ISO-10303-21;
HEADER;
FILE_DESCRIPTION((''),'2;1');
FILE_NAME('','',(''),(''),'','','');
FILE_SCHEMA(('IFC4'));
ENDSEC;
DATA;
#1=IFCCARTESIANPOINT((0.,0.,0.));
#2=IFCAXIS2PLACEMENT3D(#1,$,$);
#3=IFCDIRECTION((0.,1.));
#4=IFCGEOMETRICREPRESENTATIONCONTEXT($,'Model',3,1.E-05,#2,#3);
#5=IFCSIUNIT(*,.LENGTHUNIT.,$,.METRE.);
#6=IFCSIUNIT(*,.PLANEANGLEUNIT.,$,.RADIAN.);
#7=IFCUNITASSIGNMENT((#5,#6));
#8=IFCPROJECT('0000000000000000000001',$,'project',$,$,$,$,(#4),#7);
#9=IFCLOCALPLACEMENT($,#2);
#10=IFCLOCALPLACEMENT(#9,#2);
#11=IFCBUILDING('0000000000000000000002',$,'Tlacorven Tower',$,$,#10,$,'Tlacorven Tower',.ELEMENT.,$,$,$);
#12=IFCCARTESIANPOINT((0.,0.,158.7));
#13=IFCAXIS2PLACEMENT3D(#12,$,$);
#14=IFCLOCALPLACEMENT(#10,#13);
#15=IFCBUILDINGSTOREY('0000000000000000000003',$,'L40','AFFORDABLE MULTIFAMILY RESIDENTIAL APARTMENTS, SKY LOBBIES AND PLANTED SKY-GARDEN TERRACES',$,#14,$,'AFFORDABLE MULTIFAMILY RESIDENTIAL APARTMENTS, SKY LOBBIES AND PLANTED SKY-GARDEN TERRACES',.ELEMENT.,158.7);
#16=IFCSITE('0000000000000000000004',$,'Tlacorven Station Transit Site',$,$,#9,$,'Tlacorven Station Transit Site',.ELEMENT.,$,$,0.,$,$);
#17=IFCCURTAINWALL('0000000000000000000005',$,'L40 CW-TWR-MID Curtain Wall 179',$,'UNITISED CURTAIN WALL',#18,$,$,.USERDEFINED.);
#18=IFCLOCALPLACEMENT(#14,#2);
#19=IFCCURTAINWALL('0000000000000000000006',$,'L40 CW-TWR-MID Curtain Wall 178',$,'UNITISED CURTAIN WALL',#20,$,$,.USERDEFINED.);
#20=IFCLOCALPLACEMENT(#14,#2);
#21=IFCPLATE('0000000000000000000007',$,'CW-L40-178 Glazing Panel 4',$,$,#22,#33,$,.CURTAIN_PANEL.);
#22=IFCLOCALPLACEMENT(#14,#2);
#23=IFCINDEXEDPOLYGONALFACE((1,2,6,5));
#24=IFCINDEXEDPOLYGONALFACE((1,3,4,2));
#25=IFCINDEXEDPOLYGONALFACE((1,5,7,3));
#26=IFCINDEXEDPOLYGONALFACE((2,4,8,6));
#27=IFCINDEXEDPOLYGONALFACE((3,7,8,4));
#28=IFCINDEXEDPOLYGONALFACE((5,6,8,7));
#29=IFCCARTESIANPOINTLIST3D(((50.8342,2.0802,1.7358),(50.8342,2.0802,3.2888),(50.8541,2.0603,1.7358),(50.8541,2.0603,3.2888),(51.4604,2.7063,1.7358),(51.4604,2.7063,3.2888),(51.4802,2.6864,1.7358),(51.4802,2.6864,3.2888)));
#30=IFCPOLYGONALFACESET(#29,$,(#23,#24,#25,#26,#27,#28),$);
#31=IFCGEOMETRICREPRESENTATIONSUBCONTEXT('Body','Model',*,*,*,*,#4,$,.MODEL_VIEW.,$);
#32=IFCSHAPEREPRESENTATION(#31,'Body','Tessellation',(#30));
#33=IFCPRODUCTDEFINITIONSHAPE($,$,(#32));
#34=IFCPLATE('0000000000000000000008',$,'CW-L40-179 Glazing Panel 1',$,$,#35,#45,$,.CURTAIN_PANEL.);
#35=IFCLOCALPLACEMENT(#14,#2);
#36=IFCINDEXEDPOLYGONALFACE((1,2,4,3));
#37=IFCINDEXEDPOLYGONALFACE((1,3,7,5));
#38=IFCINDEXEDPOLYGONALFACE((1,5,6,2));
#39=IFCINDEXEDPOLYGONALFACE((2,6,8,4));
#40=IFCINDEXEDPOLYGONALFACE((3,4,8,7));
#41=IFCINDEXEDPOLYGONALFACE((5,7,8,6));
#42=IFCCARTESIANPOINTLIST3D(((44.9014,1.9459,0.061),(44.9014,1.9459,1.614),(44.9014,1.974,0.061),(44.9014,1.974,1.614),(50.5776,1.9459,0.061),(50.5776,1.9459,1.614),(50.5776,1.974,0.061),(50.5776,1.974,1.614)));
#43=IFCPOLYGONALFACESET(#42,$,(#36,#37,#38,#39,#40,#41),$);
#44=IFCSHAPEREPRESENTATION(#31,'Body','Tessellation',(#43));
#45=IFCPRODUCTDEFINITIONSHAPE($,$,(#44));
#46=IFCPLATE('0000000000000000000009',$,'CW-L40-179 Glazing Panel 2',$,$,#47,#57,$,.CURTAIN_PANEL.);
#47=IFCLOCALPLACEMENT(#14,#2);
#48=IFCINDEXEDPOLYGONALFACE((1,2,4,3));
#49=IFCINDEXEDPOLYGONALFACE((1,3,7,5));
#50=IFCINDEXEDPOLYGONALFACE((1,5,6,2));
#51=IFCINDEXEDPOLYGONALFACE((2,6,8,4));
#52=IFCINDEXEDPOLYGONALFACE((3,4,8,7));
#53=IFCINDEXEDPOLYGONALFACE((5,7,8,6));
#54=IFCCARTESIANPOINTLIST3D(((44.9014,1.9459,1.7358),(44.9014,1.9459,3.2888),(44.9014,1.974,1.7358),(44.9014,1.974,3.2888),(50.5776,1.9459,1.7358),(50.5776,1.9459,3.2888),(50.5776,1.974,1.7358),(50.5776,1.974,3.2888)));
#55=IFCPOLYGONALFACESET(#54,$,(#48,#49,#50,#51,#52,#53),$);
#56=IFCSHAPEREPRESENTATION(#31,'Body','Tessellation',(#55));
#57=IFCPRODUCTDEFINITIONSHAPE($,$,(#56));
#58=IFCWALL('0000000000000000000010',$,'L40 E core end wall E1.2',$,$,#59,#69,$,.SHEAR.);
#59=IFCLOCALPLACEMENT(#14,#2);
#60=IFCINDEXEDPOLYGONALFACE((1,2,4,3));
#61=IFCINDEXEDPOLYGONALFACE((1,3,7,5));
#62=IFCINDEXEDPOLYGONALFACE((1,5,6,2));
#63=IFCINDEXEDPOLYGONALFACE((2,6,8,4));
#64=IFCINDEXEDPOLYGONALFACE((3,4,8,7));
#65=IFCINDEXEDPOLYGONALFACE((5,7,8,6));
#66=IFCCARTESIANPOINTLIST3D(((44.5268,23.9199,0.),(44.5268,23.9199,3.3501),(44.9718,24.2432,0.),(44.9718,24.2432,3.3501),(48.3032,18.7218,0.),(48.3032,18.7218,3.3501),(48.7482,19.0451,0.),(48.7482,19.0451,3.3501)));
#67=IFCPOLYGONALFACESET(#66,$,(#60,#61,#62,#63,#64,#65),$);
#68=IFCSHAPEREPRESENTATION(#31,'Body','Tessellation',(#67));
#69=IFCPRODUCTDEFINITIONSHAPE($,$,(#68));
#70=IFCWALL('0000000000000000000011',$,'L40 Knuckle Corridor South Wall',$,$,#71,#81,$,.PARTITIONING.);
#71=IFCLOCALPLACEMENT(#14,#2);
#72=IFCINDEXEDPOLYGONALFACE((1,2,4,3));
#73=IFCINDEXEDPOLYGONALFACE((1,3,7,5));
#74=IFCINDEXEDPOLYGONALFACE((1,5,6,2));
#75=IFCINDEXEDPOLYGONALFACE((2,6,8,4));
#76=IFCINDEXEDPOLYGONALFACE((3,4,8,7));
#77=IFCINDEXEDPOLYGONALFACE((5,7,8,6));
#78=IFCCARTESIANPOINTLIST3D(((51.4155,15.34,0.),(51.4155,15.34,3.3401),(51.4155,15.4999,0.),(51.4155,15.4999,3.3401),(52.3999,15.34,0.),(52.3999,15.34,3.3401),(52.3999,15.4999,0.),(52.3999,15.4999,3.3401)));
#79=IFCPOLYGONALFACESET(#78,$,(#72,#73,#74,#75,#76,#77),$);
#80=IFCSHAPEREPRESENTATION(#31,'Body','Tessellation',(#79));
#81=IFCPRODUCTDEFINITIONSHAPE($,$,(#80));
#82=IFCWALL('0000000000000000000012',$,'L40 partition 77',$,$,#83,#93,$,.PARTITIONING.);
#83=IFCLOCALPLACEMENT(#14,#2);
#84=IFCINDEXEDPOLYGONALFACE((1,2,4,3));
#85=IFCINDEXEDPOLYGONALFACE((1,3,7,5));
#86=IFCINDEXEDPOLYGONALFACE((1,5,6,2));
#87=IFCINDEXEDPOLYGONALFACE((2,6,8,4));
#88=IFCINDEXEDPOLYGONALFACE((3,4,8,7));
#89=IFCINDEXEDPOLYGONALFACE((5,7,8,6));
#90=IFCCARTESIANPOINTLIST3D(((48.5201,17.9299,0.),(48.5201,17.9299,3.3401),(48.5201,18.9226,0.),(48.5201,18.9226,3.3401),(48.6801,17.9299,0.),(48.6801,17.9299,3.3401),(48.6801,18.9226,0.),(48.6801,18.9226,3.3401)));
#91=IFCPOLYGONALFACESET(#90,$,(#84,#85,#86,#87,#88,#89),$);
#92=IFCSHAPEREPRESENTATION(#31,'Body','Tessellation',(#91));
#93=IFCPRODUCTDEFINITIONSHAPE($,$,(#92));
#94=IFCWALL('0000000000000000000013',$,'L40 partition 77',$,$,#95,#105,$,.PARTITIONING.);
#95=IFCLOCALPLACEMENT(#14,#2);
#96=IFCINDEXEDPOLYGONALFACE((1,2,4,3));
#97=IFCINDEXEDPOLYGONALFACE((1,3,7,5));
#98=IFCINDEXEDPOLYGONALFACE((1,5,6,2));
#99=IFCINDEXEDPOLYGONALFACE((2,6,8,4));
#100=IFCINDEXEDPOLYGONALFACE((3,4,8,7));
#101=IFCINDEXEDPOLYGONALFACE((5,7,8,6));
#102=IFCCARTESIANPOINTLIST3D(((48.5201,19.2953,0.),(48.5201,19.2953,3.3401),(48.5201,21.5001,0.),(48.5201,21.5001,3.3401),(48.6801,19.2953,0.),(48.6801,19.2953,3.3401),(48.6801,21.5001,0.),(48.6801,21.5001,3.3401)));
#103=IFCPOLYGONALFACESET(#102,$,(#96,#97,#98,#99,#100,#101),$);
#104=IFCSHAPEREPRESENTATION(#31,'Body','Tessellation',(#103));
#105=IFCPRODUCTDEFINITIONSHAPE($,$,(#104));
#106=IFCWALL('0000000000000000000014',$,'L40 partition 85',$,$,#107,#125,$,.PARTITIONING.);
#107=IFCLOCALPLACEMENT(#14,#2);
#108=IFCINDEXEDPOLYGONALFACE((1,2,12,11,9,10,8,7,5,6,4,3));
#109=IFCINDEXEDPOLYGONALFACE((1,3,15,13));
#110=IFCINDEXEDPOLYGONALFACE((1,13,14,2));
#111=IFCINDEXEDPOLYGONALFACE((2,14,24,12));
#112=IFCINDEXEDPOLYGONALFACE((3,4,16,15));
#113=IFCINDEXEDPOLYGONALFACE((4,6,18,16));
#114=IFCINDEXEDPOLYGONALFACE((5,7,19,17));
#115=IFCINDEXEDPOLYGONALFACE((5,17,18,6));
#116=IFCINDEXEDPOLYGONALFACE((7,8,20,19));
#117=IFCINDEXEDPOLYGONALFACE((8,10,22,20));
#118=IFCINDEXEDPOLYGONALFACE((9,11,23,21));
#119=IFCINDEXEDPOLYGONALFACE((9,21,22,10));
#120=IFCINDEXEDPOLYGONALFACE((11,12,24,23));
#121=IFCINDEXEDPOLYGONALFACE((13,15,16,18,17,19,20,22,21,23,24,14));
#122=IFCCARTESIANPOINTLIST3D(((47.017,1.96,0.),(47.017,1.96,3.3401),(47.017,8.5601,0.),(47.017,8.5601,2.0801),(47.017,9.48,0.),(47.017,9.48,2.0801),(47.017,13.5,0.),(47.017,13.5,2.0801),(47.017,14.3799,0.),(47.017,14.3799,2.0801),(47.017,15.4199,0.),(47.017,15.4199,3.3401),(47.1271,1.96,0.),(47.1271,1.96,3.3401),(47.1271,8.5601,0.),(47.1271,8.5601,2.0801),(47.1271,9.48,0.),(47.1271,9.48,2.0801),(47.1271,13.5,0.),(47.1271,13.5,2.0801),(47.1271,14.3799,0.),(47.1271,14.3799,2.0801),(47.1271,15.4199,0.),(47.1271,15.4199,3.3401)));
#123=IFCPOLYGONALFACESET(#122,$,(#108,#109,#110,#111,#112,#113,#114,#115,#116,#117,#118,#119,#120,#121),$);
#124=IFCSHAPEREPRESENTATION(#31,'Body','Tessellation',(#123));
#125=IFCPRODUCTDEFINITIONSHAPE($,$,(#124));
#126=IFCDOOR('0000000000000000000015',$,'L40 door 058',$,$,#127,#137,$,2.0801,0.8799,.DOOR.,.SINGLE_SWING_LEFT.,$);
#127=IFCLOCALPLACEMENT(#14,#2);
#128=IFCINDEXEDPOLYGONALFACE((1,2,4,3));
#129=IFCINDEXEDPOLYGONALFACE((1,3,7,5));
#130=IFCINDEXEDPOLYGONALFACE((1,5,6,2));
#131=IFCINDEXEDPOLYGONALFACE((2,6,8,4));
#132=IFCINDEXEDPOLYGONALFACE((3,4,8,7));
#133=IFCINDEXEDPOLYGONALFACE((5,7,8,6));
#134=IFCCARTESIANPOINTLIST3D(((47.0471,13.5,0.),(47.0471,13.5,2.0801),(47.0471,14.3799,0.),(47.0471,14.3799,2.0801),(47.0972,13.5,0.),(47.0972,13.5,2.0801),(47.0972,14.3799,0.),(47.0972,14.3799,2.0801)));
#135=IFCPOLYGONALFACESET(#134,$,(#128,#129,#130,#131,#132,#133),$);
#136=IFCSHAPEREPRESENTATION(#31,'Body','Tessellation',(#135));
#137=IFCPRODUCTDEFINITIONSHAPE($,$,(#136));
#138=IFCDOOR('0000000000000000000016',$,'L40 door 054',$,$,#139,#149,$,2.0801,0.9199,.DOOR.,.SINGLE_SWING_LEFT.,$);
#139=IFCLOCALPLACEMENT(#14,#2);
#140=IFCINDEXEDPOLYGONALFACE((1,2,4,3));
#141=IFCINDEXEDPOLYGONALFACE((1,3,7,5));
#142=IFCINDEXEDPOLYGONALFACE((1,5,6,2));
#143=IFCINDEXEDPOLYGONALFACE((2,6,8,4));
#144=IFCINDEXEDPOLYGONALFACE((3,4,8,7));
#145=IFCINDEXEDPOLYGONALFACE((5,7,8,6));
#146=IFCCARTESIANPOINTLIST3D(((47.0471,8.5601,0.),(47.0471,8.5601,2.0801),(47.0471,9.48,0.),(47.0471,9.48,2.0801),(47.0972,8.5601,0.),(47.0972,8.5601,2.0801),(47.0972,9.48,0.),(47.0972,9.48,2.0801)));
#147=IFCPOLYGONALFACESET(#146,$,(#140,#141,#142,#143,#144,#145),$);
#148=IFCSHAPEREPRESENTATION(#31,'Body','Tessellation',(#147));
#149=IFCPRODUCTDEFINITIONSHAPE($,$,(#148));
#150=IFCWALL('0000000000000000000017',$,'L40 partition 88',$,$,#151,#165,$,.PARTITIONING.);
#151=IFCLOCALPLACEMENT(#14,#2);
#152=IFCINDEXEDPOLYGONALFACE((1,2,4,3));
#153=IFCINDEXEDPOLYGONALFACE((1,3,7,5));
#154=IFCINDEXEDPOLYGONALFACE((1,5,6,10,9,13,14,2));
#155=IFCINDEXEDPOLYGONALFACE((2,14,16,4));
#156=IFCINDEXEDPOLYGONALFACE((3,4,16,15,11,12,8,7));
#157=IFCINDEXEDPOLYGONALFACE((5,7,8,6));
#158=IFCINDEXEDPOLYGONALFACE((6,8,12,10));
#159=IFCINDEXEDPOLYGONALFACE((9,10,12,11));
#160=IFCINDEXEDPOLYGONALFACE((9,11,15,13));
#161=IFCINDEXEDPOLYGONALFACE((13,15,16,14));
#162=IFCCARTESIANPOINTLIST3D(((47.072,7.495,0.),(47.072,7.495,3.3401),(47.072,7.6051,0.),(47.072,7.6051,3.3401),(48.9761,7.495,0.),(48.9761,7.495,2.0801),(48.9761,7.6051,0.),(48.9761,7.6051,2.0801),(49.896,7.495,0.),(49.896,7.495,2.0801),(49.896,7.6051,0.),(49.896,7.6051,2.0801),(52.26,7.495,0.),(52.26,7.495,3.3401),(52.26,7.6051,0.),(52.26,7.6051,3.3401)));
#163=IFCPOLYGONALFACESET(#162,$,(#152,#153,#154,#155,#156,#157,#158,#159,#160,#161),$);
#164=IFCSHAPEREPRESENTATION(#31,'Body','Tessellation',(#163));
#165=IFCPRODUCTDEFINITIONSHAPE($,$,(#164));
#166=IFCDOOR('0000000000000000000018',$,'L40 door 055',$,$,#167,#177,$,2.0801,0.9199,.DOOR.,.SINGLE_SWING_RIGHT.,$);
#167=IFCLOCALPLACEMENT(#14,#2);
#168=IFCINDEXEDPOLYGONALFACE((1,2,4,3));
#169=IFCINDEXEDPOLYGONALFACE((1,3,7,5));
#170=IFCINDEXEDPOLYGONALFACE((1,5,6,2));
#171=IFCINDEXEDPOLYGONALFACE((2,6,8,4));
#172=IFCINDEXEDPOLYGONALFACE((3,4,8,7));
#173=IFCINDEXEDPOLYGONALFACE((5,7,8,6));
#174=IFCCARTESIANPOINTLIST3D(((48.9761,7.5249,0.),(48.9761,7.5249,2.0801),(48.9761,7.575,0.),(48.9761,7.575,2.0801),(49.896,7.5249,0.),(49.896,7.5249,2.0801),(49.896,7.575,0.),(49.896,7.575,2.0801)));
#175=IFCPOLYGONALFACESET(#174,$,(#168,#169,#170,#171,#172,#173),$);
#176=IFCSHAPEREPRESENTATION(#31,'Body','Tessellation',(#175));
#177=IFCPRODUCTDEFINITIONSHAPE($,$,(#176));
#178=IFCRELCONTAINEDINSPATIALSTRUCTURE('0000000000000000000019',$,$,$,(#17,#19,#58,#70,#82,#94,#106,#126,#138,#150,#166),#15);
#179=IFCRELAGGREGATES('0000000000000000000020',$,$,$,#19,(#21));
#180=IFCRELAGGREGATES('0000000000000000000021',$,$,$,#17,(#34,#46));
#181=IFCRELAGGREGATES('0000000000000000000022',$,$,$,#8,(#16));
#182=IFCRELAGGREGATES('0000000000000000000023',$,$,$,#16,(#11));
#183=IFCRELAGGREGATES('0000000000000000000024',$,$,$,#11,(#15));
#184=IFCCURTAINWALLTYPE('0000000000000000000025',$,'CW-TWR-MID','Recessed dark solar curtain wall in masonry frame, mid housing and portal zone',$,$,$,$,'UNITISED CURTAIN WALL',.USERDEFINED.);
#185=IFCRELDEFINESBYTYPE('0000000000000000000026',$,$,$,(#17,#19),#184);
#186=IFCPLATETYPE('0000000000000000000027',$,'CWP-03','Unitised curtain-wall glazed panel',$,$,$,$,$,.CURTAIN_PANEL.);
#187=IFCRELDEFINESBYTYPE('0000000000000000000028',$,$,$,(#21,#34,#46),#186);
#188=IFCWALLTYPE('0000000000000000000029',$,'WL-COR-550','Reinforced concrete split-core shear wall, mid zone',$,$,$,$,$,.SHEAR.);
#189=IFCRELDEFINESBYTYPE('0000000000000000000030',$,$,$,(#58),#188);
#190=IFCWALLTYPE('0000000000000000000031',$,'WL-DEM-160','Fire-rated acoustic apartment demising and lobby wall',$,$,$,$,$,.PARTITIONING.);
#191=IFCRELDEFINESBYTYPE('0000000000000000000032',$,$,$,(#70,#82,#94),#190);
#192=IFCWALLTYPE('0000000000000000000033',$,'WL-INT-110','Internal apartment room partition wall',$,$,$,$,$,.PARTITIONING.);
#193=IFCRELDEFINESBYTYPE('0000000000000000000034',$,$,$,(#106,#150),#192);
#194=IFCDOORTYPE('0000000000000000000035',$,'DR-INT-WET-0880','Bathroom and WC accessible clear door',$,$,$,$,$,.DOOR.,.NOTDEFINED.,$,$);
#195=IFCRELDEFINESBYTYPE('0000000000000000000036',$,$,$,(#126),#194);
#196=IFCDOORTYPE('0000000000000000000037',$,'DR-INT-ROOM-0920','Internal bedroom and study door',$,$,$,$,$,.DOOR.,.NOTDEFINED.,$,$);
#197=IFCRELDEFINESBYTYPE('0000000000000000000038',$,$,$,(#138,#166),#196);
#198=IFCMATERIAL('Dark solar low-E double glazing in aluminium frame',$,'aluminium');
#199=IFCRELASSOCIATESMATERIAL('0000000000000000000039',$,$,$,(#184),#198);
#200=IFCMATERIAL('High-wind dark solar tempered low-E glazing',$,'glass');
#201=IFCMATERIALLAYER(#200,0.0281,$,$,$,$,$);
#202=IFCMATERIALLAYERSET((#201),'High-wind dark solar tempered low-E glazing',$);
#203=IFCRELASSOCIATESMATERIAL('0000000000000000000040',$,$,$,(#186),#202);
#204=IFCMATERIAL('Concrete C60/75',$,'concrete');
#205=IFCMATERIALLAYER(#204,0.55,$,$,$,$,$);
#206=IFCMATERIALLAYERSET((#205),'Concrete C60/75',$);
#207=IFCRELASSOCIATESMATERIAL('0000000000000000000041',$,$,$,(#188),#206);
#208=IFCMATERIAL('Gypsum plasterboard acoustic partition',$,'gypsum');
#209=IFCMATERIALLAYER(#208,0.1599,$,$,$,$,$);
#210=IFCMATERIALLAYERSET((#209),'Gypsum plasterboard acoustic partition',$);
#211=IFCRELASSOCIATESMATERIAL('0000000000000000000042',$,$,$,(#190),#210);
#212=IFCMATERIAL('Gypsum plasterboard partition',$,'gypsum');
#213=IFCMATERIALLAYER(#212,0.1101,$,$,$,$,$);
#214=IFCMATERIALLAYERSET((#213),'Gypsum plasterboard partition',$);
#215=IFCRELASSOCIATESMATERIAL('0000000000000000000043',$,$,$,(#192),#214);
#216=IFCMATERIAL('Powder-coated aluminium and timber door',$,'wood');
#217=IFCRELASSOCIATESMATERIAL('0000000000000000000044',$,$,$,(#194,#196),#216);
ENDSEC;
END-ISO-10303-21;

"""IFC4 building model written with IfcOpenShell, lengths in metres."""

from ifc_helpers import new_model, si_unit, direction, frame, frame_2d, origin, origin_2d, place, context, subcontext, project, spatial, rectangle, extrude, source, transform, mapped, material, layer, layer_set, type_object, element, fill, aggregate, save


model = new_model("IFC4")

# Units and contexts
model_context = context("Model", 3, precision=1e-05, world=origin(), true_north=direction((0.0, 1.0)))
body_context = subcontext(model_context, "Body", "Model", "MODEL_VIEW")
ifc_project = project(units=[si_unit("LENGTHUNIT", "METRE"), si_unit("PLANEANGLEUNIT", "RADIAN")], contexts=[model_context])

# Site, building, storey
site_placement = place(None, origin())
site = spatial("IfcSite", under=ifc_project, at=site_placement, Name="Tlacorven Station Transit Site", LongName="Tlacorven Station Transit Site", CompositionType="ELEMENT", RefElevation=0.0)
building_placement = place(site_placement, origin())
building = spatial("IfcBuilding", under=site, at=building_placement, Name="Tlacorven Tower", LongName="Tlacorven Tower", CompositionType="ELEMENT")
storey_placement = place(building_placement, frame((0.0, 0.0, 158.7)))
storey = spatial("IfcBuildingStorey", under=building, at=storey_placement, Name="L40", Description="AFFORDABLE MULTIFAMILY RESIDENTIAL APARTMENTS, SKY LOBBIES AND PLANTED SKY-GARDEN TERRACES", LongName="AFFORDABLE MULTIFAMILY RESIDENTIAL APARTMENTS, SKY LOBBIES AND PLANTED SKY-GARDEN TERRACES", CompositionType="ELEMENT", Elevation=158.7)

# Shared definitions
ifc_material_1 = material(Name="Concrete C60/75", Category="concrete")

# Curtain wall
ifc_material_2 = material(Name="Dark solar low-E double glazing in aluminium frame", Category="aluminium")
curtain_wall_type = type_object("IfcCurtainWallType", Name="CW-TWR-MID", Description="Recessed dark solar curtain wall in masonry frame, mid housing and portal zone", ElementType="UNITISED CURTAIN WALL", PredefinedType="USERDEFINED", material=ifc_material_2)
curtain_wall_1_placement = place(storey_placement, origin())
curtain_wall_1 = element("IfcCurtainWall", 1, at=curtain_wall_1_placement, inside=storey, type_object=curtain_wall_type, Name="L40 CW-TWR-MID Curtain Wall 179", ObjectType="UNITISED CURTAIN WALL", PredefinedType="USERDEFINED")

# Curtain wall
curtain_wall_2_placement = place(storey_placement, origin())
curtain_wall_2 = element("IfcCurtainWall", 2, at=curtain_wall_2_placement, inside=storey, type_object=curtain_wall_type, Name="L40 CW-TWR-MID Curtain Wall 178", ObjectType="UNITISED CURTAIN WALL", PredefinedType="USERDEFINED")

# Plates
ifc_material_3 = material(Name="High-wind dark solar tempered low-E glazing", Category="glass")
ifc_layer_1 = layer(ifc_material_3, 0.0281)
ifc_layer_set_1 = layer_set([ifc_layer_1], Name="High-wind dark solar tempered low-E glazing")
plate_type = type_object("IfcPlateType", Name="CWP-03", Description="Unitised curtain-wall glazed panel", PredefinedType="CURTAIN_PANEL", material=ifc_layer_set_1)
shared_shape_1 = source(origin(), body_context, "Body", "SweptSolid", [
    extrude(rectangle(XDim=0.8855, YDim=0.0281, at=origin_2d()), origin(), (0.0, 0.0, 1.0), 1.553),
])
plate_1_placement = place(storey_placement, frame((51.1572, 2.3833, 1.7358), z_axis=(0.0, 0.0, 1.0), x_axis=(-0.707107, -0.707107, 0.0)))
plate_1 = element("IfcPlate", 3, at=plate_1_placement, type_object=plate_type, Name="CW-L40-178 Glazing Panel 4", PredefinedType="CURTAIN_PANEL", context=body_context, shape_type="MappedRepresentation", body=[
    mapped(shared_shape_1, transform((0.0, 0.0, 0.0), scale=1.0)),
])
aggregate(curtain_wall_2, [plate_1])
shared_shape_2 = source(origin(), body_context, "Body", "SweptSolid", [
    extrude(rectangle(XDim=5.6763, YDim=0.0281, at=origin_2d()), origin(), (0.0, 0.0, 1.0), 1.553),
])
plate_2_placement = place(storey_placement, frame((47.7395, 1.96, 0.061), z_axis=(0.0, 0.0, 1.0), x_axis=(-1.0, 0.0, 0.0)))
plate_2 = element("IfcPlate", 4, at=plate_2_placement, type_object=plate_type, Name="CW-L40-179 Glazing Panel 1", PredefinedType="CURTAIN_PANEL", context=body_context, shape_type="MappedRepresentation", body=[
    mapped(shared_shape_2, transform((0.0, 0.0, 0.0), scale=1.0)),
])
plate_3_placement = place(storey_placement, frame((47.7395, 1.96, 1.7358), z_axis=(0.0, 0.0, 1.0), x_axis=(-1.0, 0.0, 0.0)))
plate_3 = element("IfcPlate", 5, at=plate_3_placement, type_object=plate_type, Name="CW-L40-179 Glazing Panel 2", PredefinedType="CURTAIN_PANEL", context=body_context, shape_type="MappedRepresentation", body=[
    mapped(shared_shape_2, transform((0.0, 0.0, 0.0), scale=1.0)),
])
aggregate(curtain_wall_1, [plate_2, plate_3])

# Walls
ifc_layer_2 = layer(ifc_material_1, 0.55)
ifc_layer_set_2 = layer_set([ifc_layer_2], Name="Concrete C60/75")
wall_type_1 = type_object("IfcWallType", Name="WL-COR-550", Description="Reinforced concrete split-core shear wall, mid zone", PredefinedType="SHEAR", material=ifc_layer_set_2)
wall_1_placement = place(storey_placement, frame((48.5256, 18.8835, 0.0), z_axis=(0.0, 0.0, 1.0), x_axis=(-0.587765, 0.809032, 0.0)))
element("IfcWall", 6, at=wall_1_placement, inside=storey, type_object=wall_type_1, Name="L40 E core end wall E1.2", PredefinedType="SHEAR", context=body_context, shape_type="SweptSolid", body=[
    extrude(rectangle(XDim=6.425, YDim=0.55, at=frame_2d((3.2124, 0.0))), origin(), (0.0, 0.0, 1.0), 3.3501),
])
ifc_material_4 = material(Name="Gypsum plasterboard acoustic partition", Category="gypsum")
ifc_layer_3 = layer(ifc_material_4, 0.1599)
ifc_layer_set_3 = layer_set([ifc_layer_3], Name="Gypsum plasterboard acoustic partition")
wall_type_2 = type_object("IfcWallType", Name="WL-DEM-160", Description="Fire-rated acoustic apartment demising and lobby wall", PredefinedType="PARTITIONING", material=ifc_layer_set_3)
wall_2_placement = place(storey_placement, frame((51.4155, 15.4199, 0.0), z_axis=(0.0, 0.0, 1.0), x_axis=(1.0, 0.0, 0.0)))
element("IfcWall", 7, at=wall_2_placement, inside=storey, type_object=wall_type_2, Name="L40 Knuckle Corridor South Wall", PredefinedType="PARTITIONING", context=body_context, shape_type="SweptSolid", body=[
    extrude(rectangle(XDim=0.9844, YDim=0.1599, at=frame_2d((0.4922, 0.0))), origin(), (0.0, 0.0, 1.0), 3.3401),
])
wall_3_placement = place(storey_placement, frame((48.6001, 17.9299, 0.0), z_axis=(0.0, 0.0, 1.0), x_axis=(0.0, 1.0, 0.0)))
element("IfcWall", 8, at=wall_3_placement, inside=storey, type_object=wall_type_2, Name="L40 partition 77", PredefinedType="PARTITIONING", context=body_context, shape_type="SweptSolid", body=[
    extrude(rectangle(XDim=0.9927, YDim=0.1599, at=frame_2d((0.4963, 0.0))), origin(), (0.0, 0.0, 1.0), 3.3401),
])
wall_4_placement = place(storey_placement, frame((48.6001, 19.2952, 0.0), z_axis=(0.0, 0.0, 1.0), x_axis=(0.0, 1.0, 0.0)))
element("IfcWall", 9, at=wall_4_placement, inside=storey, type_object=wall_type_2, Name="L40 partition 77", PredefinedType="PARTITIONING", context=body_context, shape_type="SweptSolid", body=[
    extrude(rectangle(XDim=2.2048, YDim=0.1599, at=frame_2d((1.1025, 0.0))), origin(), (0.0, 0.0, 1.0), 3.3401),
])

# Wall, openings, doors
ifc_material_5 = material(Name="Gypsum plasterboard partition", Category="gypsum")
ifc_layer_4 = layer(ifc_material_5, 0.1101)
ifc_layer_set_4 = layer_set([ifc_layer_4], Name="Gypsum plasterboard partition")
wall_type_3 = type_object("IfcWallType", Name="WL-INT-110", Description="Internal apartment room partition wall", PredefinedType="PARTITIONING", material=ifc_layer_set_4)
wall_5_placement = place(storey_placement, frame((47.072, 1.96, 0.0), z_axis=(0.0, 0.0, 1.0), x_axis=(0.0, 1.0, 0.0)))
wall_5 = element("IfcWall", 10, at=wall_5_placement, inside=storey, type_object=wall_type_3, Name="L40 partition 85", PredefinedType="PARTITIONING", context=body_context, shape_type="SweptSolid", body=[
    extrude(rectangle(XDim=13.46, YDim=0.1101, at=frame_2d((6.73, 0.0))), origin(), (0.0, 0.0, 1.0), 3.3401),
])
opening_1_placement = place(wall_5_placement, frame((6.6001, 0.0, 0.0)))
opening_1 = element("IfcOpeningElement", 11, at=opening_1_placement, cuts=wall_5, PredefinedType="OPENING", context=body_context, shape_type="SweptSolid", body=[
    extrude(rectangle(XDim=0.9199, YDim=2.0801, at=frame_2d((0.46, 1.04))), frame((0.0, 0.0649, 0.0), z_axis=(0.0, -1.0, 0.0), x_axis=(1.0, 0.0, 0.0)), (0.0, 0.0, 1.0), 0.1301),
])
opening_2_placement = place(wall_5_placement, frame((11.54, 0.0, 0.0)))
opening_2 = element("IfcOpeningElement", 12, at=opening_2_placement, cuts=wall_5, PredefinedType="OPENING", context=body_context, shape_type="SweptSolid", body=[
    extrude(rectangle(XDim=0.8799, YDim=2.0801, at=frame_2d((0.4399, 1.04))), frame((0.0, 0.0649, 0.0), z_axis=(0.0, -1.0, 0.0), x_axis=(1.0, 0.0, 0.0)), (0.0, 0.0, 1.0), 0.1301),
])
ifc_material_6 = material(Name="Powder-coated aluminium and timber door", Category="wood")
door_type_1 = type_object("IfcDoorType", Name="DR-INT-WET-0880", Description="Bathroom and WC accessible clear door", OperationType="NOTDEFINED", PredefinedType="DOOR", material=ifc_material_6)
shared_shape_3 = source(origin(), body_context, "Body", "SweptSolid", [
    extrude(rectangle(XDim=0.8799, YDim=2.0801, at=frame_2d((0.4399, 1.04))), frame((0.0, 0.0249, 0.0), z_axis=(0.0, -1.0, 0.0), x_axis=(1.0, 0.0, 0.0)), (0.0, 0.0, 1.0), 0.05),
])
door_1_placement = place(opening_2_placement, origin())
door_1 = element("IfcDoor", 13, at=door_1_placement, inside=storey, type_object=door_type_1, Name="L40 door 058", OperationType="SINGLE_SWING_LEFT", OverallHeight=2.0801, OverallWidth=0.8799, PredefinedType="DOOR", context=body_context, shape_type="MappedRepresentation", body=[
    mapped(shared_shape_3, transform((0.0, 0.0, 0.0), scale=1.0)),
])
fill(opening_2, door_1)
door_type_2 = type_object("IfcDoorType", Name="DR-INT-ROOM-0920", Description="Internal bedroom and study door", OperationType="NOTDEFINED", PredefinedType="DOOR", material=ifc_material_6)
shared_shape_4 = source(origin(), body_context, "Body", "SweptSolid", [
    extrude(rectangle(XDim=0.9199, YDim=2.0801, at=frame_2d((0.46, 1.04))), frame((0.0, 0.0249, 0.0), z_axis=(0.0, -1.0, 0.0), x_axis=(1.0, 0.0, 0.0)), (0.0, 0.0, 1.0), 0.05),
])
door_2_placement = place(opening_1_placement, origin())
door_2 = element("IfcDoor", 14, at=door_2_placement, inside=storey, type_object=door_type_2, Name="L40 door 054", OperationType="SINGLE_SWING_LEFT", OverallHeight=2.0801, OverallWidth=0.9199, PredefinedType="DOOR", context=body_context, shape_type="MappedRepresentation", body=[
    mapped(shared_shape_4, transform((0.0, 0.0, 0.0), scale=1.0)),
])
fill(opening_1, door_2)

# Wall, opening, door
wall_6_placement = place(storey_placement, frame((47.072, 7.55, 0.0), z_axis=(0.0, 0.0, 1.0), x_axis=(1.0, 0.0, 0.0)))
wall_6 = element("IfcWall", 15, at=wall_6_placement, inside=storey, type_object=wall_type_3, Name="L40 partition 88", PredefinedType="PARTITIONING", context=body_context, shape_type="SweptSolid", body=[
    extrude(rectangle(XDim=5.188, YDim=0.1101, at=frame_2d((2.594, 0.0))), origin(), (0.0, 0.0, 1.0), 3.3401),
])
opening_3_placement = place(wall_6_placement, frame((1.9041, 0.0, 0.0)))
opening_3 = element("IfcOpeningElement", 16, at=opening_3_placement, cuts=wall_6, PredefinedType="OPENING", context=body_context, shape_type="SweptSolid", body=[
    extrude(rectangle(XDim=0.9199, YDim=2.0801, at=frame_2d((0.46, 1.04))), frame((0.0, 0.0649, 0.0), z_axis=(0.0, -1.0, 0.0), x_axis=(1.0, 0.0, 0.0)), (0.0, 0.0, 1.0), 0.1301),
])
door_3_placement = place(opening_3_placement, origin())
door_3 = element("IfcDoor", 17, at=door_3_placement, inside=storey, type_object=door_type_2, Name="L40 door 055", OperationType="SINGLE_SWING_RIGHT", OverallHeight=2.0801, OverallWidth=0.9199, PredefinedType="DOOR", context=body_context, shape_type="MappedRepresentation", body=[
    mapped(shared_shape_4, transform((0.0, 0.0, 0.0), scale=1.0)),
])
fill(opening_3, door_3)

save(model, "model.ifc")
